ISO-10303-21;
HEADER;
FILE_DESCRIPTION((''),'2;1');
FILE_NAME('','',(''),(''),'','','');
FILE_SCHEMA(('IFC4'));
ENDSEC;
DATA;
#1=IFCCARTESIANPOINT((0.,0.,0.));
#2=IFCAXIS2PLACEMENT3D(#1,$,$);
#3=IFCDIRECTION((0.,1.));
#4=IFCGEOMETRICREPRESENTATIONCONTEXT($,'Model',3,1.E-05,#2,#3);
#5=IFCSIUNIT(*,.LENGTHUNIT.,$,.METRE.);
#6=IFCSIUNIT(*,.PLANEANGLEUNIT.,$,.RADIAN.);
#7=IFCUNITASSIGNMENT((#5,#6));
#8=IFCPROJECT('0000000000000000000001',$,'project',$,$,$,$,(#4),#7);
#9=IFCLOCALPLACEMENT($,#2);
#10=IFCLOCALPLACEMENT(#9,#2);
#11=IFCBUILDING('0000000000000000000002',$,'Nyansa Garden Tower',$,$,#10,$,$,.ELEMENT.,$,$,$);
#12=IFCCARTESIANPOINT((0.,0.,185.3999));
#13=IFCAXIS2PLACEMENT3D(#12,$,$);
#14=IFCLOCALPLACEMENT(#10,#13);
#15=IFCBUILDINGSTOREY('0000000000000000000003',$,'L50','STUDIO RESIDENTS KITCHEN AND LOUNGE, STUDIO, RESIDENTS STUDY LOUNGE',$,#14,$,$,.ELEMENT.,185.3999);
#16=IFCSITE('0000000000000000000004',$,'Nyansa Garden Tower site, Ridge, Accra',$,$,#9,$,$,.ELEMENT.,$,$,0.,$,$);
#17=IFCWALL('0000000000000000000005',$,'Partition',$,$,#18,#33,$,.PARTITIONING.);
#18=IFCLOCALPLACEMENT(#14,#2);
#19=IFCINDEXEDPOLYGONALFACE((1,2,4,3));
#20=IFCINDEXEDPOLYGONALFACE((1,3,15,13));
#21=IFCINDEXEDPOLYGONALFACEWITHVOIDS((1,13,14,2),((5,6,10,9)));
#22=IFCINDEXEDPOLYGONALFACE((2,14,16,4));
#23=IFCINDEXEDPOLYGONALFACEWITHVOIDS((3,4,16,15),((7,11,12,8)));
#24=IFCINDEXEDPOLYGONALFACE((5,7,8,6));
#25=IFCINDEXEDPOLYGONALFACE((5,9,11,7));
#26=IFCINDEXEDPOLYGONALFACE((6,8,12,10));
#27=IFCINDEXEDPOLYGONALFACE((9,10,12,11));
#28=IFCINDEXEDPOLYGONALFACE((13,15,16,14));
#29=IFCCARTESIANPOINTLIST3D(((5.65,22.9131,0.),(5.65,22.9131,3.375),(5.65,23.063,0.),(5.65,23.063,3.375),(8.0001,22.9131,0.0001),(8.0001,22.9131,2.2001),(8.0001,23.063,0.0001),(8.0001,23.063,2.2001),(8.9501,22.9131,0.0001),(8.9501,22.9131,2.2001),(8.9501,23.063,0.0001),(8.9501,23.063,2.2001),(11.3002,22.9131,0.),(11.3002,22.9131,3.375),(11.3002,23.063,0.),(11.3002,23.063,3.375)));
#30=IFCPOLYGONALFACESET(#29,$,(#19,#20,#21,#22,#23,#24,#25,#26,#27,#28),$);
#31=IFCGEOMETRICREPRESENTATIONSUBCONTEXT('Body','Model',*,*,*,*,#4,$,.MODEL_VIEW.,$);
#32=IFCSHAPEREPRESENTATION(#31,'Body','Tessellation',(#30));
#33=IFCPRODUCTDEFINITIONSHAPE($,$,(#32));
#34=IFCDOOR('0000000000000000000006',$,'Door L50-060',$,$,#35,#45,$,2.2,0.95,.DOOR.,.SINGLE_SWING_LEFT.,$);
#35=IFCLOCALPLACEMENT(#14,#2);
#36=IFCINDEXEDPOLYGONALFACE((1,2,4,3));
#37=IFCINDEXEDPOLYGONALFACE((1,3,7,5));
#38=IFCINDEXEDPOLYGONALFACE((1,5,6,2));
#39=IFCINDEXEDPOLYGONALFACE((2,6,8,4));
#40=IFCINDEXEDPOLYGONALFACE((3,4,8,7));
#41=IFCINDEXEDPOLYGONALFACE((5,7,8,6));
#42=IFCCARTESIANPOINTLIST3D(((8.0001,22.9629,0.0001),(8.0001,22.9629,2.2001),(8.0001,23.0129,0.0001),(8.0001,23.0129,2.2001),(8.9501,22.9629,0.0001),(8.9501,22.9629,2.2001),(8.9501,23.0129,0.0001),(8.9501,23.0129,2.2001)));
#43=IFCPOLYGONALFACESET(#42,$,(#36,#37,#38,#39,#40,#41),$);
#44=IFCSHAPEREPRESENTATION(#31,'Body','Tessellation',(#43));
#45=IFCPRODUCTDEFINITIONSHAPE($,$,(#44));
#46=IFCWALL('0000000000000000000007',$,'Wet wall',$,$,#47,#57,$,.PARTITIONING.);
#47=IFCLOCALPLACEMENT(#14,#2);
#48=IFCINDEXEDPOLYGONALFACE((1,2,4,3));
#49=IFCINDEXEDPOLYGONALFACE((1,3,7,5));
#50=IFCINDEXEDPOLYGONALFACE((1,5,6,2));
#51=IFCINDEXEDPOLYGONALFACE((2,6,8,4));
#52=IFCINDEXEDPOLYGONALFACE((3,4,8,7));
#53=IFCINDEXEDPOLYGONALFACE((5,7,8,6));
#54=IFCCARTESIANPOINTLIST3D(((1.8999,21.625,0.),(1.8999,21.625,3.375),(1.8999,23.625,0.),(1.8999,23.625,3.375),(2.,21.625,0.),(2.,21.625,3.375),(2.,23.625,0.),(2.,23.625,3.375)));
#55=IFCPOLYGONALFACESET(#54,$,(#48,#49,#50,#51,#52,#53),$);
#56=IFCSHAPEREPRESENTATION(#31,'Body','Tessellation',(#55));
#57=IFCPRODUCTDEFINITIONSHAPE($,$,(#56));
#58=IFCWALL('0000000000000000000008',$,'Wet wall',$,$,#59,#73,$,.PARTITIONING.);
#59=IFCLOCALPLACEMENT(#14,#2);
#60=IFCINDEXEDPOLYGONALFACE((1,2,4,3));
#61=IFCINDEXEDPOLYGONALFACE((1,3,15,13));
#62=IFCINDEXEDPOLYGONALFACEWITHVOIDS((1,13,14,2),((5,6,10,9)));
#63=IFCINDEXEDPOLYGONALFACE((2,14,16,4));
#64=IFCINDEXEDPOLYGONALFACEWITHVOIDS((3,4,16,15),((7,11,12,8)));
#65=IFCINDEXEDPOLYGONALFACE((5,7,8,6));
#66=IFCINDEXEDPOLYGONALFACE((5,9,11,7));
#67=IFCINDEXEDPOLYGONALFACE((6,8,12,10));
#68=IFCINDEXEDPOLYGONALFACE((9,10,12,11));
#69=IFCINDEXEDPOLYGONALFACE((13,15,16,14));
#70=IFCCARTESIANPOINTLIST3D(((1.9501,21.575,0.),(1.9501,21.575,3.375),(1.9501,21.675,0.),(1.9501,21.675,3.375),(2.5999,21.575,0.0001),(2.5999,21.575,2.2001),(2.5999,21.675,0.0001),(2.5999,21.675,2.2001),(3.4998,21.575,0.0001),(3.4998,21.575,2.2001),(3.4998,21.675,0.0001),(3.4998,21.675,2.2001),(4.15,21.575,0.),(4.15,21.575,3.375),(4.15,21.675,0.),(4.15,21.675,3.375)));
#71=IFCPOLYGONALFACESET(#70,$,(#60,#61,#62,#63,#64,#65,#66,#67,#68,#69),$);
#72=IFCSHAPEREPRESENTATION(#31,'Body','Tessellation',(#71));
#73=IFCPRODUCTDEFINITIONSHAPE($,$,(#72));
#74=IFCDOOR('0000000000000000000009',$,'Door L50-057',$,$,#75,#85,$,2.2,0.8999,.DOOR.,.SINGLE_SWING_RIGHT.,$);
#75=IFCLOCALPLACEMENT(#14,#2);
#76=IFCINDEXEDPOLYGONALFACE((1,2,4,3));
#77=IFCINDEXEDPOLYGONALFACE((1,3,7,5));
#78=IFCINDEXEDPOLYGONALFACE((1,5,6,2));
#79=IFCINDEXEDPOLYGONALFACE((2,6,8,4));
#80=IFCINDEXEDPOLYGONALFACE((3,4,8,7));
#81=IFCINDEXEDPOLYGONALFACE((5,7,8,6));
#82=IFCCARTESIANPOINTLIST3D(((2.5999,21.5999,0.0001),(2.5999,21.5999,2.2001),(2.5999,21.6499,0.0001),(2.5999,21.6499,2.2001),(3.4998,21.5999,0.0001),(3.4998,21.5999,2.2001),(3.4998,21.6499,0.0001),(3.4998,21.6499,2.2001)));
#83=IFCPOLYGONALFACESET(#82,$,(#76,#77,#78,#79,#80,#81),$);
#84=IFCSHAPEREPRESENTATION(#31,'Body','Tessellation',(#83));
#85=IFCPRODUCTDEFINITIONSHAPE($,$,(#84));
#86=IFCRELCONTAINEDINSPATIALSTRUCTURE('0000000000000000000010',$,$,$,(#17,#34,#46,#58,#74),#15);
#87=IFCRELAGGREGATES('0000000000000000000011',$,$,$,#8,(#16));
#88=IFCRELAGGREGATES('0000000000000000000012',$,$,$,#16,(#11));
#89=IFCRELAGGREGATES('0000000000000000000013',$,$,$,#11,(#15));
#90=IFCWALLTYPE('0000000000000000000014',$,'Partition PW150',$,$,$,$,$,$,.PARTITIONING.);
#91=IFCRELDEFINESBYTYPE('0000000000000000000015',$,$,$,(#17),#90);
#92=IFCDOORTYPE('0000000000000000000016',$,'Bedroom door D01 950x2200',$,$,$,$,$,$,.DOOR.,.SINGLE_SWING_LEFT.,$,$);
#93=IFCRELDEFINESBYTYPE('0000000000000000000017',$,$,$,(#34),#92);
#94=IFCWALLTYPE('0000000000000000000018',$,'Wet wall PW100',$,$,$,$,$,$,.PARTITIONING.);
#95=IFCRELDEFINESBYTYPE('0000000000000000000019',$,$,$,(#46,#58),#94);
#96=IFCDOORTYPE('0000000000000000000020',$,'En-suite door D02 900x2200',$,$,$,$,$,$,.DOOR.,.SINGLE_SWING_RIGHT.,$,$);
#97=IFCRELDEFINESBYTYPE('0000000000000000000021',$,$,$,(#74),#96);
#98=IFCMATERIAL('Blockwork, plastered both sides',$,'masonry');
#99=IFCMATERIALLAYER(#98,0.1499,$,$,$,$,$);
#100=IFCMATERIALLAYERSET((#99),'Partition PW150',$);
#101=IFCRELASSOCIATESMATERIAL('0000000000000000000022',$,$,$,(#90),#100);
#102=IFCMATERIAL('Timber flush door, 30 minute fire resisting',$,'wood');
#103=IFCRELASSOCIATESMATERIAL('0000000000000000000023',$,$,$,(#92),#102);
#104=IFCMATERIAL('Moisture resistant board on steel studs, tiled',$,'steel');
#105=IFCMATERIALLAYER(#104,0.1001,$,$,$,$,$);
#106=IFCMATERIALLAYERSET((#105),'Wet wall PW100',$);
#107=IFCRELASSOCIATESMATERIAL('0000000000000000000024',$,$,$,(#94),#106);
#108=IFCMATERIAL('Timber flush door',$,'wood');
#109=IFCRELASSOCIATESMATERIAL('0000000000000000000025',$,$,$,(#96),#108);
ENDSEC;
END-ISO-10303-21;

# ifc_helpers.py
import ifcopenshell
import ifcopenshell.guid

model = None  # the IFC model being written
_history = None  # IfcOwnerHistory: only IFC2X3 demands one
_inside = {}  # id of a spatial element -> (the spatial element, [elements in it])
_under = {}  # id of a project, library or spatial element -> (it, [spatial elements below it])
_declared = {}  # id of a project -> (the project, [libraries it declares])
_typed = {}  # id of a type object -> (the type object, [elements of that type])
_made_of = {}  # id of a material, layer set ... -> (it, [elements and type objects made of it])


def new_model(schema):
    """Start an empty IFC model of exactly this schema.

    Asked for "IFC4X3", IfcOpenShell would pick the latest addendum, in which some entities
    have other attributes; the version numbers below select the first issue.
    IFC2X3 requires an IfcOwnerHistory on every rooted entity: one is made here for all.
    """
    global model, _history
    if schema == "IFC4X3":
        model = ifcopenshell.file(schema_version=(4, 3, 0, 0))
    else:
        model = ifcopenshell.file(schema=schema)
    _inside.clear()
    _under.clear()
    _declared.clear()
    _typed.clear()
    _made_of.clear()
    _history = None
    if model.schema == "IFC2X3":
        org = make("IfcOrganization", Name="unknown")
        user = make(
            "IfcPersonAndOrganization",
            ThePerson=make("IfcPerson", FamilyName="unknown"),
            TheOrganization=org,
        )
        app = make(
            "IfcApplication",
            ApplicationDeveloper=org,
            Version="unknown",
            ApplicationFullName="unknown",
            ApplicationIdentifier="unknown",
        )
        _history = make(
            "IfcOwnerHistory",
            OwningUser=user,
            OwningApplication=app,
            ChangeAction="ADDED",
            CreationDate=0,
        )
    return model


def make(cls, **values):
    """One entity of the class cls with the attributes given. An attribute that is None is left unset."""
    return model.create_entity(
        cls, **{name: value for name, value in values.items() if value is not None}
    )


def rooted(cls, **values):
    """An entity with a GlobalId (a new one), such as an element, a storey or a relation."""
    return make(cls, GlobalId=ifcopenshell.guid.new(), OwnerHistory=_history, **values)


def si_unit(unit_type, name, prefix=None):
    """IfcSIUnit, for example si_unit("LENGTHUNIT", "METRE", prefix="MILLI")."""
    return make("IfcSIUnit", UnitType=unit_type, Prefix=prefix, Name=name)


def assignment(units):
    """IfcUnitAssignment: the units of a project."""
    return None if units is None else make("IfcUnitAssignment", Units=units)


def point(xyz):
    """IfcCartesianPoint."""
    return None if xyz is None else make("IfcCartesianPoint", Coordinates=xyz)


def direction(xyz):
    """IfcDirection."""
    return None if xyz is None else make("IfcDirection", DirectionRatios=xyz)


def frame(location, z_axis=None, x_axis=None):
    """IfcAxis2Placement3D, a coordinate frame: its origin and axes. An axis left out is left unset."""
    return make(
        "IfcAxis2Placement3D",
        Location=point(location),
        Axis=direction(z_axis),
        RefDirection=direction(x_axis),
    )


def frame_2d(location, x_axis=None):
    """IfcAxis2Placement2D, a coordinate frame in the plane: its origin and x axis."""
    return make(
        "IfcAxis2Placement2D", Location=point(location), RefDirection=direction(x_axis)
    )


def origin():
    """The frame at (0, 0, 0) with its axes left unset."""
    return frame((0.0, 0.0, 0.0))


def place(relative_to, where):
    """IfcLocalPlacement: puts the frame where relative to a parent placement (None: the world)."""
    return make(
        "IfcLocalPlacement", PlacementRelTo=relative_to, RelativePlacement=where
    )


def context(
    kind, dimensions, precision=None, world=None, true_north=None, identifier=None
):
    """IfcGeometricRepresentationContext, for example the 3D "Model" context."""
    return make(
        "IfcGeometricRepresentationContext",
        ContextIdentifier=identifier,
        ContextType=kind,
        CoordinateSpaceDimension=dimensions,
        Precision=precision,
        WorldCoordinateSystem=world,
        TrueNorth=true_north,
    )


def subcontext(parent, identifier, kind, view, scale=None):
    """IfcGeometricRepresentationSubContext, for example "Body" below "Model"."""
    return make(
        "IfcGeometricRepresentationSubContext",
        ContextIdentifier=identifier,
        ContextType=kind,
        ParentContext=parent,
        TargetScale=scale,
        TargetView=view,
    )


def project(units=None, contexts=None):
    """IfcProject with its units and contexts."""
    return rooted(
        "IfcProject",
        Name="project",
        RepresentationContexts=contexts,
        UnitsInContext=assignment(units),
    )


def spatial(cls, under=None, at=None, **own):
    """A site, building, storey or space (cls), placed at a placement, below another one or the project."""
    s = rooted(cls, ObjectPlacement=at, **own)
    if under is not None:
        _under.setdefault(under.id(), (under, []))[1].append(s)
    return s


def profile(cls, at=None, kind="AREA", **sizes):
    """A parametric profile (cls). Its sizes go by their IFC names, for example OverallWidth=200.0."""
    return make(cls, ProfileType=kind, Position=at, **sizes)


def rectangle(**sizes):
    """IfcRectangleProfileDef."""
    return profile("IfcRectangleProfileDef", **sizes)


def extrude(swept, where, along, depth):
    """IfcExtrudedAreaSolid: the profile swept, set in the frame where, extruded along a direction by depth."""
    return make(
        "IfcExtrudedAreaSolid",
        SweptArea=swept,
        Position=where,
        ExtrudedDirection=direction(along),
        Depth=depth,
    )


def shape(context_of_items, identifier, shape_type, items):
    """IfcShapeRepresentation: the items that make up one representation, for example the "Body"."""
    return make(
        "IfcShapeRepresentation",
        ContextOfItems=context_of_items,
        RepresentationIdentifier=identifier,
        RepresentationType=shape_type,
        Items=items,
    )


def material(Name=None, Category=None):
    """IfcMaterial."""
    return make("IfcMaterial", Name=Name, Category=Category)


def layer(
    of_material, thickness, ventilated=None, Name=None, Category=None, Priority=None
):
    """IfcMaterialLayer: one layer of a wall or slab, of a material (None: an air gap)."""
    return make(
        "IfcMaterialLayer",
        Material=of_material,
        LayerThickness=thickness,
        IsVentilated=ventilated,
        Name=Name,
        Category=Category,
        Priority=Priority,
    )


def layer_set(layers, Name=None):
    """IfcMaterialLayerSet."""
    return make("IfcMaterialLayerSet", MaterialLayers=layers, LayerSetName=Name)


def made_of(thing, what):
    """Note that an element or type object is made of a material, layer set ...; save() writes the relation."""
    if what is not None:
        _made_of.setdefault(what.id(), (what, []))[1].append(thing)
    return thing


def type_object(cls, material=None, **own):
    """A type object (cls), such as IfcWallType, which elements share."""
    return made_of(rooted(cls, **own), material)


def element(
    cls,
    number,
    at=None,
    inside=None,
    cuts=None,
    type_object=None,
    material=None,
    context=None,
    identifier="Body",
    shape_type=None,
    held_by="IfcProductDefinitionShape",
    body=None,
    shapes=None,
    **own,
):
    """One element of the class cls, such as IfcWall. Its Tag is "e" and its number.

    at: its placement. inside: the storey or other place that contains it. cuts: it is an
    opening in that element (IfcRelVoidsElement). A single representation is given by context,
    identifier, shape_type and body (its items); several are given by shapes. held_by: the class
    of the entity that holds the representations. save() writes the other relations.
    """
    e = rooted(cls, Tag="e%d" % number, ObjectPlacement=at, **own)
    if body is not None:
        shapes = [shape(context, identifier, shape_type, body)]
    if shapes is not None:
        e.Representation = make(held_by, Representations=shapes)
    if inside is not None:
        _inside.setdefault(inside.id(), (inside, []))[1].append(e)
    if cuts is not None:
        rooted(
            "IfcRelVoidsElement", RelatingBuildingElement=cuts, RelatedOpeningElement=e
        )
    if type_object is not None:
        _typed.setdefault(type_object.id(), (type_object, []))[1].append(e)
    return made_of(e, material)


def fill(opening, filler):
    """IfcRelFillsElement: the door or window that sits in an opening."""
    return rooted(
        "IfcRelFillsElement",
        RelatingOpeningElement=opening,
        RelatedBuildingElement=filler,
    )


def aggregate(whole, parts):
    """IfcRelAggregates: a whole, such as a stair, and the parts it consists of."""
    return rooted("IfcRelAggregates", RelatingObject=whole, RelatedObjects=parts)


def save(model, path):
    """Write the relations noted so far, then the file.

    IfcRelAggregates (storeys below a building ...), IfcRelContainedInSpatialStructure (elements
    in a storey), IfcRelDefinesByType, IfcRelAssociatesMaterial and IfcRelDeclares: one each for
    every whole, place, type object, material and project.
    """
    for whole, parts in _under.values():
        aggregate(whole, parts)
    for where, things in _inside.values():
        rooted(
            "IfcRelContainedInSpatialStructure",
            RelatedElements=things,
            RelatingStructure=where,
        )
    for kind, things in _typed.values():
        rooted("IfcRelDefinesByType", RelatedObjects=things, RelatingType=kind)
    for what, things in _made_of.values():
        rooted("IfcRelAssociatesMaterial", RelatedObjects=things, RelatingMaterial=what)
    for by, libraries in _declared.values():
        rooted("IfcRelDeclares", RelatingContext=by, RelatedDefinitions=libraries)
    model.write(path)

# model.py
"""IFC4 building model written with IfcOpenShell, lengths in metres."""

from ifc_helpers import new_model, si_unit, direction, frame, frame_2d, origin, place, context, subcontext, project, spatial, rectangle, extrude, material, layer, layer_set, type_object, element, fill, save


model = new_model("IFC4")

# Units and contexts
model_context = context("Model", 3, precision=1e-05, world=origin(), true_north=direction((0.0, 1.0)))
body_context = subcontext(model_context, "Body", "Model", "MODEL_VIEW")
ifc_project = project(units=[si_unit("LENGTHUNIT", "METRE"), si_unit("PLANEANGLEUNIT", "RADIAN")], contexts=[model_context])

# Site, building, storey
site_placement = place(None, origin())
site = spatial("IfcSite", under=ifc_project, at=site_placement, Name="Nyansa Garden Tower site, Ridge, Accra", CompositionType="ELEMENT", RefElevation=0.0)
building_placement = place(site_placement, origin())
building = spatial("IfcBuilding", under=site, at=building_placement, Name="Nyansa Garden Tower", CompositionType="ELEMENT")
storey_placement = place(building_placement, frame((0.0, 0.0, 185.3999)))
storey = spatial("IfcBuildingStorey", under=building, at=storey_placement, Name="L50", Description="STUDIO RESIDENTS KITCHEN AND LOUNGE, STUDIO, RESIDENTS STUDY LOUNGE", CompositionType="ELEMENT", Elevation=185.3999)

# Shared definitions
ifc_material_1 = material(Name="Blockwork, plastered both sides", Category="masonry")
ifc_layer_1 = layer(ifc_material_1, 0.1499)
ifc_layer_set_1 = layer_set([ifc_layer_1], Name="Partition PW150")
wall_type_1 = type_object("IfcWallType", Name="Partition PW150", PredefinedType="PARTITIONING", material=ifc_layer_set_1)

# Wall, opening, door
wall_1_placement = place(storey_placement, frame((5.6499, 22.988, 0.0), z_axis=(0.0, 0.0, 1.0), x_axis=(1.0, 0.0, 0.0)))
wall_1 = element("IfcWall", 1, at=wall_1_placement, inside=storey, type_object=wall_type_1, Name="Partition", PredefinedType="PARTITIONING", context=body_context, shape_type="SweptSolid", body=[
    extrude(rectangle(XDim=5.6501, YDim=0.1499, at=frame_2d((2.8252, 0.0))), origin(), (0.0, 0.0, 1.0), 3.375),
])
opening_1_placement = place(wall_1_placement, frame((2.3501, 0.0, 0.0)))
opening_1 = element("IfcOpeningElement", 2, at=opening_1_placement, cuts=wall_1, PredefinedType="OPENING", context=body_context, shape_type="SweptSolid", body=[
    extrude(rectangle(XDim=0.95, YDim=2.2, at=frame_2d((0.4751, 1.1001))), frame((0.0, 0.085, 0.0), z_axis=(0.0, -1.0, 0.0), x_axis=(1.0, 0.0, 0.0)), (0.0, 0.0, 1.0), 0.1699),
])
ifc_material_2 = material(Name="Timber flush door, 30 minute fire resisting", Category="wood")
door_type_1 = type_object("IfcDoorType", Name="Bedroom door D01 950x2200", OperationType="SINGLE_SWING_LEFT", PredefinedType="DOOR", material=ifc_material_2)
door_1_placement = place(opening_1_placement, origin())
door_1 = element("IfcDoor", 3, at=door_1_placement, inside=storey, type_object=door_type_1, Name="Door L50-060", OperationType="SINGLE_SWING_LEFT", OverallHeight=2.2, OverallWidth=0.95, PredefinedType="DOOR", context=body_context, shape_type="SweptSolid", body=[
    extrude(rectangle(XDim=0.95, YDim=2.2, at=frame_2d((0.4751, 1.1001))), frame((0.0, 0.0249, 0.0), z_axis=(0.0, -1.0, 0.0), x_axis=(1.0, 0.0, 0.0)), (0.0, 0.0, 1.0), 0.05),
])
fill(opening_1, door_1)

# Wall
ifc_material_3 = material(Name="Moisture resistant board on steel studs, tiled", Category="steel")
ifc_layer_2 = layer(ifc_material_3, 0.1001)
ifc_layer_set_2 = layer_set([ifc_layer_2], Name="Wet wall PW100")
wall_type_2 = type_object("IfcWallType", Name="Wet wall PW100", PredefinedType="PARTITIONING", material=ifc_layer_set_2)
wall_2_placement = place(storey_placement, frame((1.95, 21.625, 0.0), z_axis=(0.0, 0.0, 1.0), x_axis=(0.0, 1.0, 0.0)))
element("IfcWall", 4, at=wall_2_placement, inside=storey, type_object=wall_type_2, Name="Wet wall", PredefinedType="PARTITIONING", context=body_context, shape_type="SweptSolid", body=[
    extrude(rectangle(XDim=2.0, YDim=0.1001, at=frame_2d((1.0, 0.0))), origin(), (0.0, 0.0, 1.0), 3.375),
])

# Wall, opening, door
wall_3_placement = place(storey_placement, frame((1.95, 21.625, 0.0), z_axis=(0.0, 0.0, 1.0), x_axis=(1.0, 0.0, 0.0)))
wall_3 = element("IfcWall", 5, at=wall_3_placement, inside=storey, type_object=wall_type_2, Name="Wet wall", PredefinedType="PARTITIONING", context=body_context, shape_type="SweptSolid", body=[
    extrude(rectangle(XDim=2.2, YDim=0.1001, at=frame_2d((1.1001, 0.0))), origin(), (0.0, 0.0, 1.0), 3.375),
])
opening_2_placement = place(wall_3_placement, frame((0.6499, 0.0, 0.0)))
opening_2 = element("IfcOpeningElement", 6, at=opening_2_placement, cuts=wall_3, PredefinedType="OPENING", context=body_context, shape_type="SweptSolid", body=[
    extrude(rectangle(XDim=0.8999, YDim=2.2, at=frame_2d((0.45, 1.1001))), frame((0.0, 0.0601, 0.0), z_axis=(0.0, -1.0, 0.0), x_axis=(1.0, 0.0, 0.0)), (0.0, 0.0, 1.0), 0.1201),
])
ifc_material_4 = material(Name="Timber flush door", Category="wood")
door_type_2 = type_object("IfcDoorType", Name="En-suite door D02 900x2200", OperationType="SINGLE_SWING_RIGHT", PredefinedType="DOOR", material=ifc_material_4)
door_2_placement = place(opening_2_placement, origin())
door_2 = element("IfcDoor", 7, at=door_2_placement, inside=storey, type_object=door_type_2, Name="Door L50-057", OperationType="SINGLE_SWING_RIGHT", OverallHeight=2.2, OverallWidth=0.8999, PredefinedType="DOOR", context=body_context, shape_type="SweptSolid", body=[
    extrude(rectangle(XDim=0.8999, YDim=2.2, at=frame_2d((0.45, 1.1001))), frame((0.0, 0.0249, 0.0), z_axis=(0.0, -1.0, 0.0), x_axis=(1.0, 0.0, 0.0)), (0.0, 0.0, 1.0), 0.05),
])
fill(opening_2, door_2)

save(model, "model.ifc")
